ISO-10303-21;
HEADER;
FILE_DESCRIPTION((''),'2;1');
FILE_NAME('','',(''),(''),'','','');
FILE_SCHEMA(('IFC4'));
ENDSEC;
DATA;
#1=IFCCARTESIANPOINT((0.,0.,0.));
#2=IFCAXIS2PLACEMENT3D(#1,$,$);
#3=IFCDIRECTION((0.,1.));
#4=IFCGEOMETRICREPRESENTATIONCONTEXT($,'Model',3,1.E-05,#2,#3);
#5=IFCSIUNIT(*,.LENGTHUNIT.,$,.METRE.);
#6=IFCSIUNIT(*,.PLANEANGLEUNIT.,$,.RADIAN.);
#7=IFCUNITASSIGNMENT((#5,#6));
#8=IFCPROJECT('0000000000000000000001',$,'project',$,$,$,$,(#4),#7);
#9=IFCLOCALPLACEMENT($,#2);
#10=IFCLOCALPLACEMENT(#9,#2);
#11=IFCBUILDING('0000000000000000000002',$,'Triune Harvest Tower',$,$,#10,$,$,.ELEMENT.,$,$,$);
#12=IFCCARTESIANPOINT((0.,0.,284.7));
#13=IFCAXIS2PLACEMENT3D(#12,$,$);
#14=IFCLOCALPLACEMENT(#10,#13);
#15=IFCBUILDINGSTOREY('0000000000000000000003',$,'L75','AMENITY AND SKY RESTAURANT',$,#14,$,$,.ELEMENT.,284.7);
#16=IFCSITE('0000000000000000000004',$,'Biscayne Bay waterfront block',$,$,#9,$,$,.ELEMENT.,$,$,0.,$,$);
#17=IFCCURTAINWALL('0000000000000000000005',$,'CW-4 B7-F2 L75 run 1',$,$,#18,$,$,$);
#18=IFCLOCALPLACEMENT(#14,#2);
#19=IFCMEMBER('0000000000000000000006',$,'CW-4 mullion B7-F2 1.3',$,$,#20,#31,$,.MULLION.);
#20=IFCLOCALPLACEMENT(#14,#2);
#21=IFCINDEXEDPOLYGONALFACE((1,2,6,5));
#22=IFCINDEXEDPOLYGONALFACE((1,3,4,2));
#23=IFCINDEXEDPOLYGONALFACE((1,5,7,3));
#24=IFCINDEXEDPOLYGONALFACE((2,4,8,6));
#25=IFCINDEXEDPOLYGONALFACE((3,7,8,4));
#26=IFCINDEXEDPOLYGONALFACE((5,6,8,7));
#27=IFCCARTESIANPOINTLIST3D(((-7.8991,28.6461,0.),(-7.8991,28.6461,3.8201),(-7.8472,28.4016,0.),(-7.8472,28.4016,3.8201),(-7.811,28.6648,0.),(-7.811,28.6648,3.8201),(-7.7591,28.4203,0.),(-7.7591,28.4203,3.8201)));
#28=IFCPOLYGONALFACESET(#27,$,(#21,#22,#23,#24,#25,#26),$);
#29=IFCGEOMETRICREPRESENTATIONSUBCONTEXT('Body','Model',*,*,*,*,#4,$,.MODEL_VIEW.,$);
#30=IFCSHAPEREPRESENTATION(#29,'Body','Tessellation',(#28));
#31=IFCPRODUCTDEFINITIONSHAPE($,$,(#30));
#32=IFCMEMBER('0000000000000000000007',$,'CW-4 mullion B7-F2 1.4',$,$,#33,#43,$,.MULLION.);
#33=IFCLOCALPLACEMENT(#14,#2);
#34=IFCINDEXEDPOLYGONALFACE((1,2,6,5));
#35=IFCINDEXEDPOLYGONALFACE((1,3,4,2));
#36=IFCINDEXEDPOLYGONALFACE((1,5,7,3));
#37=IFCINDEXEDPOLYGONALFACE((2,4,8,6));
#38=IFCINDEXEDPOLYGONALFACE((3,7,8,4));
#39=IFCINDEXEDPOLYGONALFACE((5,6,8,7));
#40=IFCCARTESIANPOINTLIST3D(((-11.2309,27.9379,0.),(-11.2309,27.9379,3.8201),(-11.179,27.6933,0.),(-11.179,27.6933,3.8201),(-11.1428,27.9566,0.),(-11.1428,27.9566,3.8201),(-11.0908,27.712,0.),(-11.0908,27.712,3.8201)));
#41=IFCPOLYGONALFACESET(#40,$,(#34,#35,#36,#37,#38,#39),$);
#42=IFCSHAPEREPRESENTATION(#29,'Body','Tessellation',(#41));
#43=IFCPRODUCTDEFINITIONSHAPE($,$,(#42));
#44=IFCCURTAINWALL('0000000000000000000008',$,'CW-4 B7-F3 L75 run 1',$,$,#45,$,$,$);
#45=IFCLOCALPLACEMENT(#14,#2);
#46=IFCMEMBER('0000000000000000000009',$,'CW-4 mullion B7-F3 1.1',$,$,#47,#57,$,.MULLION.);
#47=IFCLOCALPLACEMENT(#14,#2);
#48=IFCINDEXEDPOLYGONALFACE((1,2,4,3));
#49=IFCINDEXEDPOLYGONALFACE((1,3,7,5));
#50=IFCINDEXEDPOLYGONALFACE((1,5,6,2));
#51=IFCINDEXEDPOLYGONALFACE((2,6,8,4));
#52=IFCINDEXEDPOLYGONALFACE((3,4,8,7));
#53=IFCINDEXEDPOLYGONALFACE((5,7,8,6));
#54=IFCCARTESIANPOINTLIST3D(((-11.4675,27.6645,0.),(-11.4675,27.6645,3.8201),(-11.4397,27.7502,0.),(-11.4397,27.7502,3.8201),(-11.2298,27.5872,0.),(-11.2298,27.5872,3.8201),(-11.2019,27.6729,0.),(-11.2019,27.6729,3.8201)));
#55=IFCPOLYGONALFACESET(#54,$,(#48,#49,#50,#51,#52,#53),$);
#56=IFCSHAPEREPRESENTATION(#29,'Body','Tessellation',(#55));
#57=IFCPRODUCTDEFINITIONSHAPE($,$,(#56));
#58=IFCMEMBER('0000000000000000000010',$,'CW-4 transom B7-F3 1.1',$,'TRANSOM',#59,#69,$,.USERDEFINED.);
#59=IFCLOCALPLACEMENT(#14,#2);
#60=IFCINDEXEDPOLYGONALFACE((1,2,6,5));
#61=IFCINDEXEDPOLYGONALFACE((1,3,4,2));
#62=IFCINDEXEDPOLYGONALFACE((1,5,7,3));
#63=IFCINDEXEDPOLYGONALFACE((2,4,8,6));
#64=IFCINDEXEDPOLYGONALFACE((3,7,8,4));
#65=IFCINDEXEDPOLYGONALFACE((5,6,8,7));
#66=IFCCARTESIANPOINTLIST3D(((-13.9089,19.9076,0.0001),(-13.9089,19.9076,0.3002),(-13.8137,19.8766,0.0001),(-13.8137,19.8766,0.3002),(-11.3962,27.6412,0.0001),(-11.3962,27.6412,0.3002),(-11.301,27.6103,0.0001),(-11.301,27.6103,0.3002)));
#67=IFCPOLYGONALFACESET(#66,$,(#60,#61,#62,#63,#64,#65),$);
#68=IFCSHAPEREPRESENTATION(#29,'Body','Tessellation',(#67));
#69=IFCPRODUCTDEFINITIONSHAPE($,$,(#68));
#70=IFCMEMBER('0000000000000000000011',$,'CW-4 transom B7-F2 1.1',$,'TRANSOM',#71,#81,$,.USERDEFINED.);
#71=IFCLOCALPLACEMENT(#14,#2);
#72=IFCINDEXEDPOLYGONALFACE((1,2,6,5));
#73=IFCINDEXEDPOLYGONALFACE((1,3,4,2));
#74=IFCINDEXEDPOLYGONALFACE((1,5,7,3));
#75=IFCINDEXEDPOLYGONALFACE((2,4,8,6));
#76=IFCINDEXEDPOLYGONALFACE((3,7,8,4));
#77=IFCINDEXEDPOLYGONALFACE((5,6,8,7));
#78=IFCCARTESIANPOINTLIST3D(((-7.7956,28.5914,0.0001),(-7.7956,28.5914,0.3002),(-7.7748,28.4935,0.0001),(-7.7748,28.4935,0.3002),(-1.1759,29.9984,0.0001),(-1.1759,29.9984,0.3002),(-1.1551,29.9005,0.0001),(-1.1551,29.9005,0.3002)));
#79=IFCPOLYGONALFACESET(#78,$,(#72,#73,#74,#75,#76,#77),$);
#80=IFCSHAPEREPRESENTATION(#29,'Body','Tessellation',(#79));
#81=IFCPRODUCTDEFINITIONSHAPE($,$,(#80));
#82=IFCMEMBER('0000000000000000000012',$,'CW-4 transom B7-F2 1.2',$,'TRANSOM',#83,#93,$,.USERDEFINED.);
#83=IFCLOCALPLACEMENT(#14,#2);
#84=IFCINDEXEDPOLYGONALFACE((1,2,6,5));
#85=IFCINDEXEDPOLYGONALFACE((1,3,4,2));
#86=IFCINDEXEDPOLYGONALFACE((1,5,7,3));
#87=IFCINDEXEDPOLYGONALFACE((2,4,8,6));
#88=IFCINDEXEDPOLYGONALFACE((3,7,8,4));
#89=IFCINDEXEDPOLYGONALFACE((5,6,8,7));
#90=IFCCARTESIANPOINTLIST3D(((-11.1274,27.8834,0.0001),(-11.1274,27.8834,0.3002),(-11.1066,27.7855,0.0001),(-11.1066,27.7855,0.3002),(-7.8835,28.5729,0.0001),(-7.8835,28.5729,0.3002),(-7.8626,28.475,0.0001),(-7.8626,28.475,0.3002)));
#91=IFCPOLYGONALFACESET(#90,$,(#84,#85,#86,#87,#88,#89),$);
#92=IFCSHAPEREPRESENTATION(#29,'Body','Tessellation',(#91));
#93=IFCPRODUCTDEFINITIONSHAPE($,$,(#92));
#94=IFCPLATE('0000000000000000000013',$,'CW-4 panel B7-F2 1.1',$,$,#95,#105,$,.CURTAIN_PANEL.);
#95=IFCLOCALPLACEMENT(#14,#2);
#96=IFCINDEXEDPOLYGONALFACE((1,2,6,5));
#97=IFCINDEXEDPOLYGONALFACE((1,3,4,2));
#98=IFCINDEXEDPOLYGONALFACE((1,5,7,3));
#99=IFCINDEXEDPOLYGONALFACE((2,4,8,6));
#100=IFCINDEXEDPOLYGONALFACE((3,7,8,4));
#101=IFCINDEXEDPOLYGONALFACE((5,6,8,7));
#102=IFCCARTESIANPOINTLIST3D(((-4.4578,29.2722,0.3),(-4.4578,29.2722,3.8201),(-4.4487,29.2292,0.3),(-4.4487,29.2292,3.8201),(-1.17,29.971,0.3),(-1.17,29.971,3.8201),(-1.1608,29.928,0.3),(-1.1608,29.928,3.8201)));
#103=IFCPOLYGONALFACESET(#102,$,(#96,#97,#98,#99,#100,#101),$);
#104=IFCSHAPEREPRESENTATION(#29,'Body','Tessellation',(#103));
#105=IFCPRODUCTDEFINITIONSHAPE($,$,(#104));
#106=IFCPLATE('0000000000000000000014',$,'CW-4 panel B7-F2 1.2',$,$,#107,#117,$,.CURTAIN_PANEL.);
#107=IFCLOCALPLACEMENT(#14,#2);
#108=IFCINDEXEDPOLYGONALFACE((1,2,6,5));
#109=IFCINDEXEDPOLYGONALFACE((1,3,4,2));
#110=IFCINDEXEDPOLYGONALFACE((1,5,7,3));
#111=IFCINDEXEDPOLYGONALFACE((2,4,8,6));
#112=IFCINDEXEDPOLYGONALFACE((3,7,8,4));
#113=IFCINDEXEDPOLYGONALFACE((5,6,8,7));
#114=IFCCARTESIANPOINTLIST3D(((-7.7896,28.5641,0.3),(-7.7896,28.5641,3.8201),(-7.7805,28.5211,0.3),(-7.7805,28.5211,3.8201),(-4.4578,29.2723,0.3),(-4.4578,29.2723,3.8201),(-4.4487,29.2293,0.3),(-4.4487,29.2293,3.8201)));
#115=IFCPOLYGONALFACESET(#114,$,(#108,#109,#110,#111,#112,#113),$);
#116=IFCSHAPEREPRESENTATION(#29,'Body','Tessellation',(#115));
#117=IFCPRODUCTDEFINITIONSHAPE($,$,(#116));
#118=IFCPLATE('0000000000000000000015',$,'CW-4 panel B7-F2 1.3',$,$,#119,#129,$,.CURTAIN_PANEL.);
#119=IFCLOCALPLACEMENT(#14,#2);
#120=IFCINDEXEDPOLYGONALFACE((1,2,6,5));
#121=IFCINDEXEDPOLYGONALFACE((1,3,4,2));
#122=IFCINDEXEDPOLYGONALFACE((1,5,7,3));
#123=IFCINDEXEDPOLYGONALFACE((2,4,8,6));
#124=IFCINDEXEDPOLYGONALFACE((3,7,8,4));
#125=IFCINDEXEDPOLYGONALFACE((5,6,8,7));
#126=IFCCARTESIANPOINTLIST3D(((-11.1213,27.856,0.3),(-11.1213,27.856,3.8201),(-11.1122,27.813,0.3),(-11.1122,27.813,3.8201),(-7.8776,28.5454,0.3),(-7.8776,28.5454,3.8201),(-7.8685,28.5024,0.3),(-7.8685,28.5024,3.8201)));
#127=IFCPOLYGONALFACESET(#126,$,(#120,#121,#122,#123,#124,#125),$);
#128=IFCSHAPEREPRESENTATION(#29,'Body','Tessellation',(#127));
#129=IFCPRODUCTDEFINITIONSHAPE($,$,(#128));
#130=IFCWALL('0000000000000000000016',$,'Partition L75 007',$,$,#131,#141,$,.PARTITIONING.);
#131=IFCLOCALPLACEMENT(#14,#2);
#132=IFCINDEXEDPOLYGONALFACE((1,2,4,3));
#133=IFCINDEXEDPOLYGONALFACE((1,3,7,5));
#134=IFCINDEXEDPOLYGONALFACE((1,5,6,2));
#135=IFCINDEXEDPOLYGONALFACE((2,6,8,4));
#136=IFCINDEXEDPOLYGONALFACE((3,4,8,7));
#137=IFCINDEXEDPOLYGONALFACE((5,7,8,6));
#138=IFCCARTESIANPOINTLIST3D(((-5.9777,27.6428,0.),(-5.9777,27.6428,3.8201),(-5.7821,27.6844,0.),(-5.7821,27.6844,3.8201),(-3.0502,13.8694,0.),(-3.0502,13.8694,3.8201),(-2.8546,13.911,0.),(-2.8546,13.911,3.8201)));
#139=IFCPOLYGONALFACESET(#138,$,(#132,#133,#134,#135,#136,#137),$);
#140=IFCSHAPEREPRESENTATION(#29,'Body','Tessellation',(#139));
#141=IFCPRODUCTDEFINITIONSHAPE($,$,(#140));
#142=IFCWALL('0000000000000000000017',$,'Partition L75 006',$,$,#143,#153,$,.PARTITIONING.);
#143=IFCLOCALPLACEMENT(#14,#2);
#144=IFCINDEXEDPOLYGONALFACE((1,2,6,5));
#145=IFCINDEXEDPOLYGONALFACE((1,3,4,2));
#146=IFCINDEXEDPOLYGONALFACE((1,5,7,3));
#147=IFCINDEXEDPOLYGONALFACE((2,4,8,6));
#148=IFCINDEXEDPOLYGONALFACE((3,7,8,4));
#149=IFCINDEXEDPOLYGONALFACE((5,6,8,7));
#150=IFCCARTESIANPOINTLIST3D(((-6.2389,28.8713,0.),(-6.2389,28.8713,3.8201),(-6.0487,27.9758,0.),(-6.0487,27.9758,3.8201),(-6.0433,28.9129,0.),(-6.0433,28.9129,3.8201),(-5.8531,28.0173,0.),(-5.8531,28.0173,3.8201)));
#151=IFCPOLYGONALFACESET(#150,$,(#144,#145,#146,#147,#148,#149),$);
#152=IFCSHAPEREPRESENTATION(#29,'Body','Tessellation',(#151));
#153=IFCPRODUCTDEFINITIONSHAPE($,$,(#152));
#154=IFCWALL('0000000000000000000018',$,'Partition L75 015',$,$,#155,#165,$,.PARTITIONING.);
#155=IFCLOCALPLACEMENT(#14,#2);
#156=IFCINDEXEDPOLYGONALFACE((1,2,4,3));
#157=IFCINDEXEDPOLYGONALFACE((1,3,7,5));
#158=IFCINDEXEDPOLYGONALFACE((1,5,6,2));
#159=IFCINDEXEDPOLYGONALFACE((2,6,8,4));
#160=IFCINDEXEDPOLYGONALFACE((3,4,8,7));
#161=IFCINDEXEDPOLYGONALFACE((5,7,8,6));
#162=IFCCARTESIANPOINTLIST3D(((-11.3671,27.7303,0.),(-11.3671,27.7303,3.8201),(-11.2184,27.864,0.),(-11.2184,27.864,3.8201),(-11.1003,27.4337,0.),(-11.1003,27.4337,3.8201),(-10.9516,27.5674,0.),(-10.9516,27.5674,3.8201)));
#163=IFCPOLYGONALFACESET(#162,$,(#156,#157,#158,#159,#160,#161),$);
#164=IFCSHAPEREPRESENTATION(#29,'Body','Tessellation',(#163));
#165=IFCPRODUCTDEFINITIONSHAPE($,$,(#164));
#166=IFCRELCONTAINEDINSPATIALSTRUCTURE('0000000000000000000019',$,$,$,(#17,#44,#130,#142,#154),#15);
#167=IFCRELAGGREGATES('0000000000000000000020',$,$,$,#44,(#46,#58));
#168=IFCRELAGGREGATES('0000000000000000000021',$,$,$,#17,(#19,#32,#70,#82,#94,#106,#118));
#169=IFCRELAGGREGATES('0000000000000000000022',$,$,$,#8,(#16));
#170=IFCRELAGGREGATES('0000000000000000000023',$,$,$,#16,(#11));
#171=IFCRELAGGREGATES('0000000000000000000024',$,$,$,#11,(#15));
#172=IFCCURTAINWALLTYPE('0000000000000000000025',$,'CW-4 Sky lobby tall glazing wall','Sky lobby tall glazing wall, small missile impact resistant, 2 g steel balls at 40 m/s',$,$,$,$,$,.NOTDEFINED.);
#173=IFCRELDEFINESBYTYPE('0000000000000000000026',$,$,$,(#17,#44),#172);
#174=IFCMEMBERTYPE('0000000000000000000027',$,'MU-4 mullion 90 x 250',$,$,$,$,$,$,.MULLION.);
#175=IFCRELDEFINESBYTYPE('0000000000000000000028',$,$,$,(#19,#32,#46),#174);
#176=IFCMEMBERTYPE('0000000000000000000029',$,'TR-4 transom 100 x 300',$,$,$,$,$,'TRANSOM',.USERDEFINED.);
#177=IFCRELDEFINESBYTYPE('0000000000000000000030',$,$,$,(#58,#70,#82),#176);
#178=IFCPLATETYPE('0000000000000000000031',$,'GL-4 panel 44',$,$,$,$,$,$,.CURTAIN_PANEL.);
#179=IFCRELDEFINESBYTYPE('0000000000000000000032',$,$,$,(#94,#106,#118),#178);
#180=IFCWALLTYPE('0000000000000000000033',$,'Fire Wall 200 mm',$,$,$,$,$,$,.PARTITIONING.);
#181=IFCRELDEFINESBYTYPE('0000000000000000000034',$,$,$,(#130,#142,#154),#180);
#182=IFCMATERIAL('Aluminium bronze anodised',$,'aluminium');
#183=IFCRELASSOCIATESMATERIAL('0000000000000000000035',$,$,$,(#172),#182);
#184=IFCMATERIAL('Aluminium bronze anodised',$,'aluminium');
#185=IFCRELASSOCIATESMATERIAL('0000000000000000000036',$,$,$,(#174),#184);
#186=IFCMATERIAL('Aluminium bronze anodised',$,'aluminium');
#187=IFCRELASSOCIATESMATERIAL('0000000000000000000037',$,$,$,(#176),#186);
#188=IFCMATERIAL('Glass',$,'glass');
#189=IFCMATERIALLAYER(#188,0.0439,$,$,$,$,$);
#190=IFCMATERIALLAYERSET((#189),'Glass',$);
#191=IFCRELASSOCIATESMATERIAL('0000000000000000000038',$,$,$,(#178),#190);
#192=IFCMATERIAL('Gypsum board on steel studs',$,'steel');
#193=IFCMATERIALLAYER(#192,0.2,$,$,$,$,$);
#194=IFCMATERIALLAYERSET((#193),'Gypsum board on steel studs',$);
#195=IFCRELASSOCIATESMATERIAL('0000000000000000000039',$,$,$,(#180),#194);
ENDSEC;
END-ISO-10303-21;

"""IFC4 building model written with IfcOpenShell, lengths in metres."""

from ifc_helpers import new_model, si_unit, direction, frame, frame_2d, origin, origin_2d, place, context, subcontext, project, spatial, rectangle, extrude, source, transform, mapped, material, layer, layer_set, material_profile, profile_set, type_object, element, aggregate, save


model = new_model("IFC4")

# Units and contexts
model_context = context("Model", 3, precision=1e-05, world=origin(), true_north=direction((0.0, 1.0)))
body_context = subcontext(model_context, "Body", "Model", "MODEL_VIEW")
ifc_project = project(units=[si_unit("LENGTHUNIT", "METRE"), si_unit("PLANEANGLEUNIT", "RADIAN")], contexts=[model_context])

# Site, building, storey
site_placement = place(None, origin())
site = spatial("IfcSite", under=ifc_project, at=site_placement, Name="Biscayne Bay waterfront block", CompositionType="ELEMENT", RefElevation=0.0)
building_placement = place(site_placement, origin())
building = spatial("IfcBuilding", under=site, at=building_placement, Name="Triune Harvest Tower", CompositionType="ELEMENT")
storey_placement = place(building_placement, frame((0.0, 0.0, 284.7)))
storey = spatial("IfcBuildingStorey", under=building, at=storey_placement, Name="L75", Description="AMENITY AND SKY RESTAURANT", CompositionType="ELEMENT", Elevation=284.7)

# Curtain walls, members
ifc_material_1 = material(Name="Aluminium bronze anodised", Category="aluminium")
curtain_wall_type = type_object("IfcCurtainWallType", Name="CW-4 Sky lobby tall glazing wall", Description="Sky lobby tall glazing wall, small missile impact resistant, 2 g steel balls at 40 m/s", PredefinedType="NOTDEFINED", material=ifc_material_1)
curtain_wall_1_placement = place(storey_placement, origin())
curtain_wall_1 = element("IfcCurtainWall", 1, at=curtain_wall_1_placement, inside=storey, type_object=curtain_wall_type, Name="CW-4 B7-F2 L75 run 1")
ifc_material_2 = material(Name="Aluminium bronze anodised", Category="aluminium")
ifc_material_profile_1 = material_profile(ifc_material_2, rectangle(XDim=0.25, YDim=0.0901, at=origin_2d()), Name="MU-4 mullion 90 x 250")
ifc_profile_set_1 = profile_set([ifc_material_profile_1], Name="Aluminium bronze anodised")
member_type_1 = type_object("IfcMemberType", Name="MU-4 mullion 90 x 250", PredefinedType="MULLION", material=ifc_profile_set_1)
shared_shape_1 = source(origin(), body_context, "Body", "SweptSolid", [
    extrude(rectangle(XDim=0.25, YDim=0.0901, at=origin_2d()), origin(), (0.0, 0.0, 1.0), 3.8201),
])
member_1_placement = place(storey_placement, frame((-7.8291, 28.5332, 0.0), z_axis=(0.0, 0.0, 1.0), x_axis=(0.207905, -0.978149, 0.0)))
member_1 = element("IfcMember", 2, at=member_1_placement, type_object=member_type_1, Name="CW-4 mullion B7-F2 1.3", PredefinedType="MULLION", context=body_context, shape_type="MappedRepresentation", body=[
    mapped(shared_shape_1, transform((0.0, 0.0, 0.0), scale=1.0)),
])
member_2_placement = place(storey_placement, frame((-11.1609, 27.825, 0.0), z_axis=(0.0, 0.0, 1.0), x_axis=(0.207905, -0.978149, 0.0)))
member_2 = element("IfcMember", 3, at=member_2_placement, type_object=member_type_1, Name="CW-4 mullion B7-F2 1.4", PredefinedType="MULLION", context=body_context, shape_type="MappedRepresentation", body=[
    mapped(shared_shape_1, transform((0.0, 0.0, 0.0), scale=1.0)),
])
curtain_wall_2_placement = place(storey_placement, origin())
curtain_wall_2 = element("IfcCurtainWall", 4, at=curtain_wall_2_placement, inside=storey, type_object=curtain_wall_type, Name="CW-4 B7-F3 L75 run 1")
member_3_placement = place(storey_placement, frame((-11.3347, 27.6687, 0.0), z_axis=(0.0, 0.0, 1.0), x_axis=(0.951058, -0.309013, 0.0)))
member_3 = element("IfcMember", 5, at=member_3_placement, type_object=member_type_1, Name="CW-4 mullion B7-F3 1.1", PredefinedType="MULLION", context=body_context, shape_type="MappedRepresentation", body=[
    mapped(shared_shape_1, transform((0.0, 0.0, 0.0), scale=1.0)),
])
ifc_material_3 = material(Name="Aluminium bronze anodised", Category="aluminium")
ifc_material_profile_2 = material_profile(ifc_material_3, rectangle(XDim=0.1001, YDim=0.3, at=origin_2d()), Name="TR-4 transom 100 x 300")
ifc_profile_set_2 = profile_set([ifc_material_profile_2], Name="Aluminium bronze anodised")
member_type_2 = type_object("IfcMemberType", Name="TR-4 transom 100 x 300", ElementType="TRANSOM", PredefinedType="USERDEFINED", material=ifc_profile_set_2)
shared_shape_2 = source(origin(), body_context, "Body", "SweptSolid", [
    extrude(rectangle(XDim=0.1001, YDim=0.3, at=origin_2d()), origin(), (0.0, 0.0, 1.0), 8.1316),
])
member_4_placement = place(storey_placement, frame((-11.3486, 27.6257, 0.1501), z_axis=(-0.309004, -0.951061, 0.0), x_axis=(0.951061, -0.309004, 0.0)))
member_4 = element("IfcMember", 6, at=member_4_placement, type_object=member_type_2, Name="CW-4 transom B7-F3 1.1", ObjectType="TRANSOM", PredefinedType="USERDEFINED", context=body_context, shape_type="MappedRepresentation", body=[
    mapped(shared_shape_2, transform((0.0, 0.0, 0.0), scale=1.0)),
])
aggregate(curtain_wall_2, [member_3, member_4])

# Members
shared_shape_3 = source(origin(), body_context, "Body", "SweptSolid", [
    extrude(rectangle(XDim=0.1001, YDim=0.3, at=origin_2d()), origin(), (0.0, 0.0, 1.0), 6.7676),
])
member_5_placement = place(storey_placement, frame((-1.1655, 29.9495, 0.1501), z_axis=(-0.978149, -0.207903, 0.0), x_axis=(0.207903, -0.978149, 0.0)))
member_5 = element("IfcMember", 7, at=member_5_placement, type_object=member_type_2, Name="CW-4 transom B7-F2 1.1", ObjectType="TRANSOM", PredefinedType="USERDEFINED", context=body_context, shape_type="MappedRepresentation", body=[
    mapped(shared_shape_3, transform((0.0, 0.0, 0.0), scale=1.0)),
])
shared_shape_4 = source(origin(), body_context, "Body", "SweptSolid", [
    extrude(rectangle(XDim=0.1001, YDim=0.3, at=origin_2d()), origin(), (0.0, 0.0, 1.0), 3.3164),
])
member_6_placement = place(storey_placement, frame((-7.873, 28.5239, 0.1501), z_axis=(-0.978151, -0.207895, 0.0), x_axis=(0.207895, -0.978151, 0.0)))
member_6 = element("IfcMember", 8, at=member_6_placement, type_object=member_type_2, Name="CW-4 transom B7-F2 1.2", ObjectType="TRANSOM", PredefinedType="USERDEFINED", context=body_context, shape_type="MappedRepresentation", body=[
    mapped(shared_shape_4, transform((0.0, 0.0, 0.0), scale=1.0)),
])

# Plates
ifc_material_4 = material(Name="Glass", Category="glass")
ifc_layer_1 = layer(ifc_material_4, 0.0439)
ifc_layer_set_1 = layer_set([ifc_layer_1], Name="Glass")
plate_type = type_object("IfcPlateType", Name="GL-4 panel 44", PredefinedType="CURTAIN_PANEL", material=ifc_layer_set_1)
shared_shape_5 = source(origin(), body_context, "Body", "SweptSolid", [
    extrude(rectangle(XDim=3.3613, YDim=0.0439, at=origin_2d()), origin(), (0.0, 0.0, 1.0), 3.52),
])
plate_1_placement = place(storey_placement, frame((-2.8093, 29.6001, 0.3), z_axis=(0.0, 0.0, 1.0), x_axis=(-0.978149, -0.207905, 0.0)))
plate_1 = element("IfcPlate", 9, at=plate_1_placement, type_object=plate_type, Name="CW-4 panel B7-F2 1.1", PredefinedType="CURTAIN_PANEL", context=body_context, shape_type="MappedRepresentation", body=[
    mapped(shared_shape_5, transform((0.0, 0.0, 0.0), scale=1.0)),
])
shared_shape_6 = source(origin(), body_context, "Body", "SweptSolid", [
    extrude(rectangle(XDim=3.4062, YDim=0.0439, at=origin_2d()), origin(), (0.0, 0.0, 1.0), 3.52),
])
plate_2_placement = place(storey_placement, frame((-6.1191, 28.8967, 0.3), z_axis=(0.0, 0.0, 1.0), x_axis=(-0.978149, -0.207905, 0.0)))
plate_2 = element("IfcPlate", 10, at=plate_2_placement, type_object=plate_type, Name="CW-4 panel B7-F2 1.2", PredefinedType="CURTAIN_PANEL", context=body_context, shape_type="MappedRepresentation", body=[
    mapped(shared_shape_6, transform((0.0, 0.0, 0.0), scale=1.0)),
])
shared_shape_7 = source(origin(), body_context, "Body", "SweptSolid", [
    extrude(rectangle(XDim=3.3162, YDim=0.0439, at=origin_2d()), origin(), (0.0, 0.0, 1.0), 3.52),
])
plate_3_placement = place(storey_placement, frame((-9.4949, 28.1792, 0.3), z_axis=(0.0, 0.0, 1.0), x_axis=(-0.978149, -0.207905, 0.0)))
plate_3 = element("IfcPlate", 11, at=plate_3_placement, type_object=plate_type, Name="CW-4 panel B7-F2 1.3", PredefinedType="CURTAIN_PANEL", context=body_context, shape_type="MappedRepresentation", body=[
    mapped(shared_shape_7, transform((0.0, 0.0, 0.0), scale=1.0)),
])
aggregate(curtain_wall_1, [member_1, member_2, member_5, member_6, plate_1, plate_2, plate_3])

# Walls
ifc_material_5 = material(Name="Gypsum board on steel studs", Category="steel")
ifc_layer_2 = layer(ifc_material_5, 0.2)
ifc_layer_set_2 = layer_set([ifc_layer_2], Name="Gypsum board on steel studs")
wall_type = type_object("IfcWallType", Name="Fire Wall 200 mm", PredefinedType="PARTITIONING", material=ifc_layer_set_2)
wall_1_placement = place(storey_placement, frame((-5.8799, 27.6636, 0.0), z_axis=(0.0, 0.0, 1.0), x_axis=(0.207902, -0.97815, 0.0)))
element("IfcWall", 12, at=wall_1_placement, inside=storey, type_object=wall_type, Name="Partition L75 007", PredefinedType="PARTITIONING", context=body_context, shape_type="SweptSolid", body=[
    extrude(rectangle(XDim=14.0811, YDim=0.2, at=frame_2d((7.0405, 0.0))), origin(), (0.0, 0.0, 1.0), 3.8201),
])
shared_shape_8 = source(origin(), body_context, "Body", "SweptSolid", [
    extrude(rectangle(XDim=0.9155, YDim=0.2, at=frame_2d((0.4578, 0.0))), origin(), (0.0, 0.0, 1.0), 3.8201),
])
wall_2_placement = place(storey_placement, frame((-6.1411, 28.8921, 0.0), z_axis=(0.0, 0.0, 1.0), x_axis=(0.207744, -0.978183, 0.0)))
element("IfcWall", 13, at=wall_2_placement, inside=storey, type_object=wall_type, Name="Partition L75 006", PredefinedType="PARTITIONING", context=body_context, shape_type="MappedRepresentation", body=[
    mapped(shared_shape_8, transform((0.0, 0.0, 0.0), scale=1.0)),
])
shared_shape_9 = source(origin(), body_context, "Body", "SweptSolid", [
    extrude(rectangle(XDim=0.3989, YDim=0.2, at=frame_2d((0.1995, 0.0))), origin(), (0.0, 0.0, 1.0), 3.8201),
])
wall_3_placement = place(storey_placement, frame((-11.2927, 27.7971, 0.0), z_axis=(0.0, 0.0, 1.0), x_axis=(0.668796, -0.743446, 0.0)))
element("IfcWall", 14, at=wall_3_placement, inside=storey, type_object=wall_type, Name="Partition L75 015", PredefinedType="PARTITIONING", context=body_context, shape_type="MappedRepresentation", body=[
    mapped(shared_shape_9, transform((0.0, 0.0, 0.0), scale=1.0)),
])

save(model, "model.ifc")
